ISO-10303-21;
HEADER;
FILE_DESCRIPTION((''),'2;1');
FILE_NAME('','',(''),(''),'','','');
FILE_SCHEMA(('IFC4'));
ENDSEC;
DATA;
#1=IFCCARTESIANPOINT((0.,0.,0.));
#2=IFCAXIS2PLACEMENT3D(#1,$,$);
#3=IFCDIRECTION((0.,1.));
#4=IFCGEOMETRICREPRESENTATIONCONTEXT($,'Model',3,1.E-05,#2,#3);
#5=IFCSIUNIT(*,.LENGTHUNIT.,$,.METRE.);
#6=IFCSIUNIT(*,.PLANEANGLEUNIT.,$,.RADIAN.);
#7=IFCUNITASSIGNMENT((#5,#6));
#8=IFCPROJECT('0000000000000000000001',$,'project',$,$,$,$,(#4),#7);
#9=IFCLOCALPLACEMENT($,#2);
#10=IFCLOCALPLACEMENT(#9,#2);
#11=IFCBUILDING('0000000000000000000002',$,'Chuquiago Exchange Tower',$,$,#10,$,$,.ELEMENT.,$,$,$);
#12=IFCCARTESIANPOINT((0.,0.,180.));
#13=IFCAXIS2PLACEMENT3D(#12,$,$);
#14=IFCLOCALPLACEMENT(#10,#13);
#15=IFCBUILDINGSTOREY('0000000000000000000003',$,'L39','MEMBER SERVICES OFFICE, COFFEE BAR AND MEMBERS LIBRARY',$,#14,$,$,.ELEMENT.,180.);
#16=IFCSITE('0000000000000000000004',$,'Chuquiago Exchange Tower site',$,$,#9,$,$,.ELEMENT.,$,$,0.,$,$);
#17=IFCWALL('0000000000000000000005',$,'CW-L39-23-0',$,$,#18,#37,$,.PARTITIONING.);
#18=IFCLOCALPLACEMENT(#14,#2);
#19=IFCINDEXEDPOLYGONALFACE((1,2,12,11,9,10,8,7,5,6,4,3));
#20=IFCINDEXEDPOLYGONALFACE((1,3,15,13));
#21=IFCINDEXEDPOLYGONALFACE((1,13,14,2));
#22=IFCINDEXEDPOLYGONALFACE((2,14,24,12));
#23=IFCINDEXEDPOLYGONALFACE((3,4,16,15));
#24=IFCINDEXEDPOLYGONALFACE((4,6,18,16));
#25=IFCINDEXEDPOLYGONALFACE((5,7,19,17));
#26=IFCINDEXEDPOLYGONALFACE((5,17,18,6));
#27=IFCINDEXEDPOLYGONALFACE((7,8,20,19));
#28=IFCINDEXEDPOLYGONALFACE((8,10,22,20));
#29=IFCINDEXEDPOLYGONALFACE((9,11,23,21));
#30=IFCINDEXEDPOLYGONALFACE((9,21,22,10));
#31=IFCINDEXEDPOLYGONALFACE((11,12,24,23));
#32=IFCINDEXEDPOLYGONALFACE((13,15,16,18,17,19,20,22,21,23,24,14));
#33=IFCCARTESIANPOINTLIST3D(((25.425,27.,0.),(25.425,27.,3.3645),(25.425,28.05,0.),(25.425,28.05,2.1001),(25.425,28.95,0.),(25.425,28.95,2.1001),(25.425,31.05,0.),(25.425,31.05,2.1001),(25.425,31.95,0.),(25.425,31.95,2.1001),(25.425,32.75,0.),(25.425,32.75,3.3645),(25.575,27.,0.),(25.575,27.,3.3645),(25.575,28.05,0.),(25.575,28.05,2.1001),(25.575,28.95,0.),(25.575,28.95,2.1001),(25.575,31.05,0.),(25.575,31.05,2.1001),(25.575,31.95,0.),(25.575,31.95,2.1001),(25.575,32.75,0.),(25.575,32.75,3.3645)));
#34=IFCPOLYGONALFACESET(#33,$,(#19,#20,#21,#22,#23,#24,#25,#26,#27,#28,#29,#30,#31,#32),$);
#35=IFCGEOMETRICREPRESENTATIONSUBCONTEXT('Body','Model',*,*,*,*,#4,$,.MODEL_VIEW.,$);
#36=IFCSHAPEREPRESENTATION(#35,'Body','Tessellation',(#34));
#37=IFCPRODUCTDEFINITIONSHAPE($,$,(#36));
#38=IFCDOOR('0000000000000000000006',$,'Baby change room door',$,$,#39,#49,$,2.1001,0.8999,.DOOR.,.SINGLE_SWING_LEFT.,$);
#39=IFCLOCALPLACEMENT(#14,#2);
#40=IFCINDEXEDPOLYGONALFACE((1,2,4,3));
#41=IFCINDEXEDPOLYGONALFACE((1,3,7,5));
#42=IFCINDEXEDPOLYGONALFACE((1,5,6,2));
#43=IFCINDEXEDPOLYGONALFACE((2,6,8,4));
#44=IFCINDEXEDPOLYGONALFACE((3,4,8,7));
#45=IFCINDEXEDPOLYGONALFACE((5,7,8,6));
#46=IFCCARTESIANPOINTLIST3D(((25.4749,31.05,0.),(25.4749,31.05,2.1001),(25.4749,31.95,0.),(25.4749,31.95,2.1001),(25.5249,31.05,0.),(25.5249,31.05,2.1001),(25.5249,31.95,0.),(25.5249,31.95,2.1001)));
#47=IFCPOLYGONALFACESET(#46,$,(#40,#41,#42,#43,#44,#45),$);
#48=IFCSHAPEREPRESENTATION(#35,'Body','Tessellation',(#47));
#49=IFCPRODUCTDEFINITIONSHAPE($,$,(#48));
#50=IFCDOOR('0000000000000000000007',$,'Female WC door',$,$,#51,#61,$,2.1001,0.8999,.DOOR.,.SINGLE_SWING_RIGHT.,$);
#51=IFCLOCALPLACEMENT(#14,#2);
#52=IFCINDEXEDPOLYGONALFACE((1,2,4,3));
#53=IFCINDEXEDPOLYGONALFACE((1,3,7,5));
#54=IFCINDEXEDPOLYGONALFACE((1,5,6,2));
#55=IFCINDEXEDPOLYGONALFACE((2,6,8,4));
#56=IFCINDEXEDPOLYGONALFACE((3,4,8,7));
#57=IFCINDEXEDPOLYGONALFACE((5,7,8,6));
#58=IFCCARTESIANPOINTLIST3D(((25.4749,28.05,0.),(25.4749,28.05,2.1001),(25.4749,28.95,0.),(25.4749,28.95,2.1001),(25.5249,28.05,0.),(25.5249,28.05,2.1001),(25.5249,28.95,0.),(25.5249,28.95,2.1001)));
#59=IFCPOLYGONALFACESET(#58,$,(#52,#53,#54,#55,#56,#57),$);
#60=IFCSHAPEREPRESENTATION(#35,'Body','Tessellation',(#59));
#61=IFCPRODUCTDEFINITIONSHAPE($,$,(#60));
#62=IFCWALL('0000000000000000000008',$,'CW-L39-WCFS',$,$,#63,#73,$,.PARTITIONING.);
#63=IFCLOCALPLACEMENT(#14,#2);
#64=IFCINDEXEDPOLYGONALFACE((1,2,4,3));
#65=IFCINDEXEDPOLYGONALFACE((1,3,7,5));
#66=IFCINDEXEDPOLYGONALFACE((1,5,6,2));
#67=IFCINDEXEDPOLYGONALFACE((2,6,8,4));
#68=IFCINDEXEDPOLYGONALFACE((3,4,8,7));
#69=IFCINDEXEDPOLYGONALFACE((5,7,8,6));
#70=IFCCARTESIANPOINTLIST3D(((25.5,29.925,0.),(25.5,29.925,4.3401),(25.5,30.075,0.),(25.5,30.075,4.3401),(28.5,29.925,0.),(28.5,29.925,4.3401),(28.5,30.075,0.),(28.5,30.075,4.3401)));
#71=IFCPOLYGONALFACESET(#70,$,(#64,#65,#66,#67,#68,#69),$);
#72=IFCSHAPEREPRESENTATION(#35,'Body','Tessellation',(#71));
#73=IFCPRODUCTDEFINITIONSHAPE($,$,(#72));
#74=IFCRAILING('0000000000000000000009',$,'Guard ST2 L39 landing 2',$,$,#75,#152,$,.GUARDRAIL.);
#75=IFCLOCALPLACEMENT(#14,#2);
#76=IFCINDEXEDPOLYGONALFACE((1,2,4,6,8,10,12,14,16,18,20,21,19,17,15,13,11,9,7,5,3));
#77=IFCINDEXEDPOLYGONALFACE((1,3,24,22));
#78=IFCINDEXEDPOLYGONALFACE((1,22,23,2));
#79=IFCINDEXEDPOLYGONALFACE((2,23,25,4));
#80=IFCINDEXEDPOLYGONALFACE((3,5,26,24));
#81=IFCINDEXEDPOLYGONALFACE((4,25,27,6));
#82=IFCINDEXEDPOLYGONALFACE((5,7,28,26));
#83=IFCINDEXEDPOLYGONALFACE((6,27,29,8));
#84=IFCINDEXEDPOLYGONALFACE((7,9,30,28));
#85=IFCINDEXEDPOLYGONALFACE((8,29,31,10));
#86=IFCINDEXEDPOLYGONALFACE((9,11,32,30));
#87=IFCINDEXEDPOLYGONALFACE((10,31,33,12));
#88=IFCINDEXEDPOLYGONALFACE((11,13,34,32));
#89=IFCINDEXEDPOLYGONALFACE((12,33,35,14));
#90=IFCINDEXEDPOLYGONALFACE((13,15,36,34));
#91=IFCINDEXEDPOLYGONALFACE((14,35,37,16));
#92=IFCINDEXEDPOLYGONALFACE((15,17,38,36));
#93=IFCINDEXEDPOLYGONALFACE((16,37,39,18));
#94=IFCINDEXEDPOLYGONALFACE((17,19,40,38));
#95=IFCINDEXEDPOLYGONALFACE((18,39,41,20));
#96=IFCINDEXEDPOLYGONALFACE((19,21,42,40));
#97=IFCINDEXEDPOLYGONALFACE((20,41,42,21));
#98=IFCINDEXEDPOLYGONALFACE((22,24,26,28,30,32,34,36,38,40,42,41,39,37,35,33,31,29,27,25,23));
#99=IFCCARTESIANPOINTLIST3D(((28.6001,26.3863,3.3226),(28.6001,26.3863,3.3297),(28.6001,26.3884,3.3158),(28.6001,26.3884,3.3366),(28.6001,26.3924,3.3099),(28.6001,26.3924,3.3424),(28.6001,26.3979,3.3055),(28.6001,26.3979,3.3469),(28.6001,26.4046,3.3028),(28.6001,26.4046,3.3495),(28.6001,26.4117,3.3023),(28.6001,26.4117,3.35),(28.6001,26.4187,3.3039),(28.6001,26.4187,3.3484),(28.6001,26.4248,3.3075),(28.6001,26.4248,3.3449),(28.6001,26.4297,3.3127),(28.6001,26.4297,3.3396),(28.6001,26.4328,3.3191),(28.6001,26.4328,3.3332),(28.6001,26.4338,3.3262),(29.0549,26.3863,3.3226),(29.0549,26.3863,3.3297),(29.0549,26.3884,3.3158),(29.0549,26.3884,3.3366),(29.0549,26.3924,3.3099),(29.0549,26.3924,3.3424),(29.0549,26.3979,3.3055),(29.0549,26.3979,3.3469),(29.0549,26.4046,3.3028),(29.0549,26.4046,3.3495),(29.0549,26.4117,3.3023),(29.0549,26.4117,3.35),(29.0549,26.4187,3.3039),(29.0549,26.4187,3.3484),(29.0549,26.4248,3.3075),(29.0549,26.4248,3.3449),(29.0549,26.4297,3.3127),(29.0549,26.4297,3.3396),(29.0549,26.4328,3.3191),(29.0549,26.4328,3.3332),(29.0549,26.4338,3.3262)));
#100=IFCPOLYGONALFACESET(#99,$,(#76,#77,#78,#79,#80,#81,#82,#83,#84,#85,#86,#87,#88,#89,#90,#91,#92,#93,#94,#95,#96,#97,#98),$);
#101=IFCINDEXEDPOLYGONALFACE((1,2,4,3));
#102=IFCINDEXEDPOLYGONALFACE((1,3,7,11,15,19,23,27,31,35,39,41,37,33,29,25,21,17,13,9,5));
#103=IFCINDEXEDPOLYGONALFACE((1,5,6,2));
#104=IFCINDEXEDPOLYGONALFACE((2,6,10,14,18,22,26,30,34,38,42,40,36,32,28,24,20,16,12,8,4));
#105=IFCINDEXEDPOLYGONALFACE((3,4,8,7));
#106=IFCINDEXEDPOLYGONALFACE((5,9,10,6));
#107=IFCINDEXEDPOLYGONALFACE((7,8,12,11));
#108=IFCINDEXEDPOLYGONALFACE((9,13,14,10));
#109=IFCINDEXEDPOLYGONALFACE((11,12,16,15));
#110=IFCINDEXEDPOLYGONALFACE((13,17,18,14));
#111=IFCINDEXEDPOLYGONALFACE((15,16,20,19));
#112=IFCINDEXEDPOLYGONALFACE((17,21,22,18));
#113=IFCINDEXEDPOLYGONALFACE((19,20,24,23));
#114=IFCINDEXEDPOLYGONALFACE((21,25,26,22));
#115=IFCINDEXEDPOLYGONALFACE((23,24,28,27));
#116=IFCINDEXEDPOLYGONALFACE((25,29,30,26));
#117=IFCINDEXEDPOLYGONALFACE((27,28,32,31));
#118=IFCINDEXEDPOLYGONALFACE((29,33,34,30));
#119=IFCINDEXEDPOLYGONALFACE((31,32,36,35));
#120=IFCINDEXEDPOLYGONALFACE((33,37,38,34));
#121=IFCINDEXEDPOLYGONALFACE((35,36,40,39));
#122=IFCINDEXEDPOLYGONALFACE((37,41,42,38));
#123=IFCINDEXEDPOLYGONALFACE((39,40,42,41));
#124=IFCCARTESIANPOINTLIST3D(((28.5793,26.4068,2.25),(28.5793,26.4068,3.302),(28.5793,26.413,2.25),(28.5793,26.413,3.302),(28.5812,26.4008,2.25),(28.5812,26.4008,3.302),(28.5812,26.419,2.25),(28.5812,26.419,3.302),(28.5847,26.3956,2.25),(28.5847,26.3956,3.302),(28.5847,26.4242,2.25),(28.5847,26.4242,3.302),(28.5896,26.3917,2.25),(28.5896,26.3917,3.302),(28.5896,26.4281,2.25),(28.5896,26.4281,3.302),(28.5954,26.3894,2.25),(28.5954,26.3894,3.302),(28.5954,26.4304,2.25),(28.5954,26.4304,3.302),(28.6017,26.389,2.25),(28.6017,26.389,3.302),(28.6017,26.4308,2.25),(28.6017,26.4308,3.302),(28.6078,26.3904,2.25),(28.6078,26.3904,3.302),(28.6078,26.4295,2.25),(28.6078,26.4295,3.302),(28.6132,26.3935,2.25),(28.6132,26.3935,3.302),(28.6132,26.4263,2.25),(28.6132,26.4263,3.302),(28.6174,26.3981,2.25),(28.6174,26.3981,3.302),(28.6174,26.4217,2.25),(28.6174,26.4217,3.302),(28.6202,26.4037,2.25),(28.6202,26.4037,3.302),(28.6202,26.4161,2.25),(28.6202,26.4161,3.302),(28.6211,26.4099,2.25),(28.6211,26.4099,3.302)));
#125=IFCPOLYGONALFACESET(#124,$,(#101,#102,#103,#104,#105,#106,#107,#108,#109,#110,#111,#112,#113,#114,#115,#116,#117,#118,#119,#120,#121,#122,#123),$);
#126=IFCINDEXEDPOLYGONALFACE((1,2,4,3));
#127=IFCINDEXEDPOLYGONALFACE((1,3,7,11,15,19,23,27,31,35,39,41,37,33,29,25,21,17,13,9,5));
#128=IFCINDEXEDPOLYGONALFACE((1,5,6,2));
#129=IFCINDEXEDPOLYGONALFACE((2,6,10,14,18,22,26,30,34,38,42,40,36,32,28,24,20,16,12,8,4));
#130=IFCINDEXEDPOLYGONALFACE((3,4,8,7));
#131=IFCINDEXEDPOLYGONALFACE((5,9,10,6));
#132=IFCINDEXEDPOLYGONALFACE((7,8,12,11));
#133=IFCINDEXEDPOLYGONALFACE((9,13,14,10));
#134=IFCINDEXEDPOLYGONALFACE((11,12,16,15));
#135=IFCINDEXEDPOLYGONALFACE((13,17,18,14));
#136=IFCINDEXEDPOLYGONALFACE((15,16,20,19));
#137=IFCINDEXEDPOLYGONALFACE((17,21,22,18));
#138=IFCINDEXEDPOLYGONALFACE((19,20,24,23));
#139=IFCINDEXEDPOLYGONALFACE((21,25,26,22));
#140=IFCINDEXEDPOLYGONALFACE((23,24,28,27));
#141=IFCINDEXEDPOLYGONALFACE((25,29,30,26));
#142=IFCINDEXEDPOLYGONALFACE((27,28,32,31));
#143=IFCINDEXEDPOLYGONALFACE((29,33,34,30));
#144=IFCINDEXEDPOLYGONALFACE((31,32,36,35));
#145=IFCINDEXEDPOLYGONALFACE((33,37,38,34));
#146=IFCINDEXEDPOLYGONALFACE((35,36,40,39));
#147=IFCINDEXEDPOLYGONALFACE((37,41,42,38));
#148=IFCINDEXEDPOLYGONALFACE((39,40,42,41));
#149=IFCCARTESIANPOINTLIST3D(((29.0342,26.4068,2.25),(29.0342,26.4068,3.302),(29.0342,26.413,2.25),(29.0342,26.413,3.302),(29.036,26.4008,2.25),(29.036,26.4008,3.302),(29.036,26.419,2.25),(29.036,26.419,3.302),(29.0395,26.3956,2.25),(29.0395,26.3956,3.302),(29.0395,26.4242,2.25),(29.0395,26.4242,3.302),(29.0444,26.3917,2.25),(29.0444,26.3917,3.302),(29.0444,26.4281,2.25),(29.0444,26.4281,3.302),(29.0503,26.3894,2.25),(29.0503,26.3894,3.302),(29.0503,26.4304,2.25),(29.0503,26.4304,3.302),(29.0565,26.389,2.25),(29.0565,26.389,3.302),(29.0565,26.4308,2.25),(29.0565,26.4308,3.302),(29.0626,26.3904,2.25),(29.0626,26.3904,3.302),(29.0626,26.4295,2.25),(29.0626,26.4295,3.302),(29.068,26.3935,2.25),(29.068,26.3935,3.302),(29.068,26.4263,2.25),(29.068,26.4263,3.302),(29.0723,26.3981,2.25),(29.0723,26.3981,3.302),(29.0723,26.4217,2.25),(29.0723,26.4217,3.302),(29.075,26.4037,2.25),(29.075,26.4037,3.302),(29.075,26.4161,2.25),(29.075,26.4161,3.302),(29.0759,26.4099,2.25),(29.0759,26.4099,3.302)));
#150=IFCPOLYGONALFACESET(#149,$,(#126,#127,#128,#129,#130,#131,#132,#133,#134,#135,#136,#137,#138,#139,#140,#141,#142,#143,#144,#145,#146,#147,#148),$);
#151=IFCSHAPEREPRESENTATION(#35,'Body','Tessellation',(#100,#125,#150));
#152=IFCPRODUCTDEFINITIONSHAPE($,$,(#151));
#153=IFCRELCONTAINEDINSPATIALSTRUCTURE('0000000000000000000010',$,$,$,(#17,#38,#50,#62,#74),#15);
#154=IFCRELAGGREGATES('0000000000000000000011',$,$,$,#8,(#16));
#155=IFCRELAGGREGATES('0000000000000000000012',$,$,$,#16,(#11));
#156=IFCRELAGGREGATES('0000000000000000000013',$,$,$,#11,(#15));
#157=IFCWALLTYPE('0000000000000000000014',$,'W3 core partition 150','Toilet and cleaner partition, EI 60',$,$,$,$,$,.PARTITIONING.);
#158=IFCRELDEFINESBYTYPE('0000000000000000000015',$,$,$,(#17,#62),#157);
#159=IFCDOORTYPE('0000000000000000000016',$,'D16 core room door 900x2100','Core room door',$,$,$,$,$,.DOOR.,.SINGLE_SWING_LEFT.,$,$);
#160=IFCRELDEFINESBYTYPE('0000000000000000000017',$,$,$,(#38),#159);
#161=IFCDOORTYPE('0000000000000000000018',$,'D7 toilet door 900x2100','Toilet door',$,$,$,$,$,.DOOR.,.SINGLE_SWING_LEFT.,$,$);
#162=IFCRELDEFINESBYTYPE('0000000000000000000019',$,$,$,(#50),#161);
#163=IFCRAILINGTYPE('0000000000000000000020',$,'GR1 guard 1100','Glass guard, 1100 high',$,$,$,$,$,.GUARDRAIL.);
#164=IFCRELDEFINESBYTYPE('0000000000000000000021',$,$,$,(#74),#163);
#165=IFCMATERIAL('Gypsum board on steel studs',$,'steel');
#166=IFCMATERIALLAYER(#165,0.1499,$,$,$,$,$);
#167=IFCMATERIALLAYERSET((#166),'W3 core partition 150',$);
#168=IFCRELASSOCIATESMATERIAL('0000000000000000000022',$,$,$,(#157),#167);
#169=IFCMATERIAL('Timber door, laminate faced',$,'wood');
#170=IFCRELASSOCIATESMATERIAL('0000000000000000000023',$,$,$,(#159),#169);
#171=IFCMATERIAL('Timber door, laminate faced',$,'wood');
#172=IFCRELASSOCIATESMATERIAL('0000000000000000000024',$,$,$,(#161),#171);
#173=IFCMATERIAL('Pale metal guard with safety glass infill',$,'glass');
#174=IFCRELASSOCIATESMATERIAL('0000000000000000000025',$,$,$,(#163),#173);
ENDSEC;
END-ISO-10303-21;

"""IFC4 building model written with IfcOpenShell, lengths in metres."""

from ifc_helpers import new_model, si_unit, direction, frame, frame_2d, origin, origin_2d, place, context, subcontext, project, spatial, rectangle, circle, extrude, material, layer, layer_set, type_object, element, fill, save


model = new_model("IFC4")

# Units and contexts
model_context = context("Model", 3, precision=1e-05, world=origin(), true_north=direction((0.0, 1.0)))
body_context = subcontext(model_context, "Body", "Model", "MODEL_VIEW")
ifc_project = project(units=[si_unit("LENGTHUNIT", "METRE"), si_unit("PLANEANGLEUNIT", "RADIAN")], contexts=[model_context])

# Site, building, storey
site_placement = place(None, origin())
site = spatial("IfcSite", under=ifc_project, at=site_placement, Name="Chuquiago Exchange Tower site", CompositionType="ELEMENT", RefElevation=0.0)
building_placement = place(site_placement, origin())
building = spatial("IfcBuilding", under=site, at=building_placement, Name="Chuquiago Exchange Tower", CompositionType="ELEMENT")
storey_placement = place(building_placement, frame((0.0, 0.0, 180.0)))
storey = spatial("IfcBuildingStorey", under=building, at=storey_placement, Name="L39", Description="MEMBER SERVICES OFFICE, COFFEE BAR AND MEMBERS LIBRARY", CompositionType="ELEMENT", Elevation=180.0)

# Wall, openings, doors
ifc_material_1 = material(Name="Gypsum board on steel studs", Category="steel")
ifc_layer_1 = layer(ifc_material_1, 0.1499)
ifc_layer_set_1 = layer_set([ifc_layer_1], Name="W3 core partition 150")
wall_type_1 = type_object("IfcWallType", Name="W3 core partition 150", Description="Toilet and cleaner partition, EI 60", PredefinedType="PARTITIONING", material=ifc_layer_set_1)
ifc_material_2 = material(Name="Timber door, laminate faced", Category="wood")
door_type_1 = type_object("IfcDoorType", Name="D16 core room door 900x2100", Description="Core room door", OperationType="SINGLE_SWING_LEFT", PredefinedType="DOOR", material=ifc_material_2)
ifc_material_3 = material(Name="Timber door, laminate faced", Category="wood")
door_type_2 = type_object("IfcDoorType", Name="D7 toilet door 900x2100", Description="Toilet door", OperationType="SINGLE_SWING_LEFT", PredefinedType="DOOR", material=ifc_material_3)
wall_1_placement = place(storey_placement, frame((25.5, 27.0, 0.0), z_axis=(0.0, 0.0, 1.0), x_axis=(0.0, 1.0, 0.0)))
wall_1 = element("IfcWall", 1, at=wall_1_placement, inside=storey, type_object=wall_type_1, Name="CW-L39-23-0", PredefinedType="PARTITIONING", context=body_context, shape_type="SweptSolid", body=[
    extrude(rectangle(XDim=5.75, YDim=0.1499, at=frame_2d((2.875, 0.0))), origin(), (0.0, 0.0, 1.0), 3.3645),
])
opening_1_placement = place(wall_1_placement, frame((1.05, 0.0, 0.0)))
opening_1 = element("IfcOpeningElement", 2, at=opening_1_placement, cuts=wall_1, PredefinedType="OPENING", context=body_context, shape_type="SweptSolid", body=[
    extrude(rectangle(XDim=0.8999, YDim=2.1001, at=frame_2d((0.45, 1.05))), frame((0.0, 0.085, 0.0), z_axis=(0.0, -1.0, 0.0), x_axis=(1.0, 0.0, 0.0)), (0.0, 0.0, 1.0), 0.1699),
])
opening_2_placement = place(wall_1_placement, frame((4.05, 0.0, 0.0)))
opening_2 = element("IfcOpeningElement", 3, at=opening_2_placement, cuts=wall_1, PredefinedType="OPENING", context=body_context, shape_type="SweptSolid", body=[
    extrude(rectangle(XDim=0.8999, YDim=2.1001, at=frame_2d((0.45, 1.05))), frame((0.0, 0.085, 0.0), z_axis=(0.0, -1.0, 0.0), x_axis=(1.0, 0.0, 0.0)), (0.0, 0.0, 1.0), 0.1699),
])
door_1_placement = place(opening_2_placement, frame((0.8999, 0.0, 0.0), z_axis=(0.0, 0.0, 1.0), x_axis=(-1.0, 0.0, 0.0)))
door_1 = element("IfcDoor", 4, at=door_1_placement, inside=storey, type_object=door_type_1, Name="Baby change room door", OperationType="SINGLE_SWING_LEFT", OverallHeight=2.1001, OverallWidth=0.8999, PredefinedType="DOOR", context=body_context, shape_type="SweptSolid", body=[
    extrude(rectangle(XDim=0.8999, YDim=2.1001, at=frame_2d((0.45, 1.05))), frame((0.0, 0.0249, 0.0), z_axis=(0.0, -1.0, 0.0), x_axis=(1.0, 0.0, 0.0)), (0.0, 0.0, 1.0), 0.05),
])
fill(opening_2, door_1)
door_2_placement = place(opening_1_placement, frame((0.8999, 0.0, 0.0), z_axis=(0.0, 0.0, 1.0), x_axis=(-1.0, 0.0, 0.0)))
door_2 = element("IfcDoor", 5, at=door_2_placement, inside=storey, type_object=door_type_2, Name="Female WC door", OperationType="SINGLE_SWING_RIGHT", OverallHeight=2.1001, OverallWidth=0.8999, PredefinedType="DOOR", context=body_context, shape_type="SweptSolid", body=[
    extrude(rectangle(XDim=0.8999, YDim=2.1001, at=frame_2d((0.45, 1.05))), frame((0.0, 0.0249, 0.0), z_axis=(0.0, -1.0, 0.0), x_axis=(1.0, 0.0, 0.0)), (0.0, 0.0, 1.0), 0.05),
])
fill(opening_1, door_2)

# Wall
wall_2_placement = place(storey_placement, frame((25.5, 30.0, 0.0), z_axis=(0.0, 0.0, 1.0), x_axis=(1.0, 0.0, 0.0)))
element("IfcWall", 6, at=wall_2_placement, inside=storey, type_object=wall_type_1, Name="CW-L39-WCFS", PredefinedType="PARTITIONING", context=body_context, shape_type="SweptSolid", body=[
    extrude(rectangle(XDim=3.0, YDim=0.1499, at=frame_2d((1.5, 0.0))), origin(), (0.0, 0.0, 1.0), 4.3401),
])

# Railing
ifc_material_4 = material(Name="Pale metal guard with safety glass infill", Category="glass")
railing_type_1 = type_object("IfcRailingType", Name="GR1 guard 1100", Description="Glass guard, 1100 high", PredefinedType="GUARDRAIL", material=ifc_material_4)
railing_1_placement = place(storey_placement, frame((28.6001, 26.4099, 2.25)))
element("IfcRailing", 7, at=railing_1_placement, inside=storey, type_object=railing_type_1, Name="Guard ST2 L39 landing 2", PredefinedType="GUARDRAIL", context=body_context, shape_type="SweptSolid", body=[
    extrude(circle(Radius=0.0239, at=origin_2d()), frame((0.0, 0.0, 1.0762), z_axis=(1.0, 0.0, 0.0), x_axis=(0.0, 1.0, 0.0)), (0.0, 0.0, 1.0), 0.4548),
    extrude(circle(Radius=0.021, at=origin_2d()), origin(), (0.0, 0.0, 1.0), 1.052),
    extrude(circle(Radius=0.021, at=origin_2d()), frame((0.4548, 0.0, 0.0)), (0.0, 0.0, 1.0), 1.052),
])

save(model, "model.ifc")
